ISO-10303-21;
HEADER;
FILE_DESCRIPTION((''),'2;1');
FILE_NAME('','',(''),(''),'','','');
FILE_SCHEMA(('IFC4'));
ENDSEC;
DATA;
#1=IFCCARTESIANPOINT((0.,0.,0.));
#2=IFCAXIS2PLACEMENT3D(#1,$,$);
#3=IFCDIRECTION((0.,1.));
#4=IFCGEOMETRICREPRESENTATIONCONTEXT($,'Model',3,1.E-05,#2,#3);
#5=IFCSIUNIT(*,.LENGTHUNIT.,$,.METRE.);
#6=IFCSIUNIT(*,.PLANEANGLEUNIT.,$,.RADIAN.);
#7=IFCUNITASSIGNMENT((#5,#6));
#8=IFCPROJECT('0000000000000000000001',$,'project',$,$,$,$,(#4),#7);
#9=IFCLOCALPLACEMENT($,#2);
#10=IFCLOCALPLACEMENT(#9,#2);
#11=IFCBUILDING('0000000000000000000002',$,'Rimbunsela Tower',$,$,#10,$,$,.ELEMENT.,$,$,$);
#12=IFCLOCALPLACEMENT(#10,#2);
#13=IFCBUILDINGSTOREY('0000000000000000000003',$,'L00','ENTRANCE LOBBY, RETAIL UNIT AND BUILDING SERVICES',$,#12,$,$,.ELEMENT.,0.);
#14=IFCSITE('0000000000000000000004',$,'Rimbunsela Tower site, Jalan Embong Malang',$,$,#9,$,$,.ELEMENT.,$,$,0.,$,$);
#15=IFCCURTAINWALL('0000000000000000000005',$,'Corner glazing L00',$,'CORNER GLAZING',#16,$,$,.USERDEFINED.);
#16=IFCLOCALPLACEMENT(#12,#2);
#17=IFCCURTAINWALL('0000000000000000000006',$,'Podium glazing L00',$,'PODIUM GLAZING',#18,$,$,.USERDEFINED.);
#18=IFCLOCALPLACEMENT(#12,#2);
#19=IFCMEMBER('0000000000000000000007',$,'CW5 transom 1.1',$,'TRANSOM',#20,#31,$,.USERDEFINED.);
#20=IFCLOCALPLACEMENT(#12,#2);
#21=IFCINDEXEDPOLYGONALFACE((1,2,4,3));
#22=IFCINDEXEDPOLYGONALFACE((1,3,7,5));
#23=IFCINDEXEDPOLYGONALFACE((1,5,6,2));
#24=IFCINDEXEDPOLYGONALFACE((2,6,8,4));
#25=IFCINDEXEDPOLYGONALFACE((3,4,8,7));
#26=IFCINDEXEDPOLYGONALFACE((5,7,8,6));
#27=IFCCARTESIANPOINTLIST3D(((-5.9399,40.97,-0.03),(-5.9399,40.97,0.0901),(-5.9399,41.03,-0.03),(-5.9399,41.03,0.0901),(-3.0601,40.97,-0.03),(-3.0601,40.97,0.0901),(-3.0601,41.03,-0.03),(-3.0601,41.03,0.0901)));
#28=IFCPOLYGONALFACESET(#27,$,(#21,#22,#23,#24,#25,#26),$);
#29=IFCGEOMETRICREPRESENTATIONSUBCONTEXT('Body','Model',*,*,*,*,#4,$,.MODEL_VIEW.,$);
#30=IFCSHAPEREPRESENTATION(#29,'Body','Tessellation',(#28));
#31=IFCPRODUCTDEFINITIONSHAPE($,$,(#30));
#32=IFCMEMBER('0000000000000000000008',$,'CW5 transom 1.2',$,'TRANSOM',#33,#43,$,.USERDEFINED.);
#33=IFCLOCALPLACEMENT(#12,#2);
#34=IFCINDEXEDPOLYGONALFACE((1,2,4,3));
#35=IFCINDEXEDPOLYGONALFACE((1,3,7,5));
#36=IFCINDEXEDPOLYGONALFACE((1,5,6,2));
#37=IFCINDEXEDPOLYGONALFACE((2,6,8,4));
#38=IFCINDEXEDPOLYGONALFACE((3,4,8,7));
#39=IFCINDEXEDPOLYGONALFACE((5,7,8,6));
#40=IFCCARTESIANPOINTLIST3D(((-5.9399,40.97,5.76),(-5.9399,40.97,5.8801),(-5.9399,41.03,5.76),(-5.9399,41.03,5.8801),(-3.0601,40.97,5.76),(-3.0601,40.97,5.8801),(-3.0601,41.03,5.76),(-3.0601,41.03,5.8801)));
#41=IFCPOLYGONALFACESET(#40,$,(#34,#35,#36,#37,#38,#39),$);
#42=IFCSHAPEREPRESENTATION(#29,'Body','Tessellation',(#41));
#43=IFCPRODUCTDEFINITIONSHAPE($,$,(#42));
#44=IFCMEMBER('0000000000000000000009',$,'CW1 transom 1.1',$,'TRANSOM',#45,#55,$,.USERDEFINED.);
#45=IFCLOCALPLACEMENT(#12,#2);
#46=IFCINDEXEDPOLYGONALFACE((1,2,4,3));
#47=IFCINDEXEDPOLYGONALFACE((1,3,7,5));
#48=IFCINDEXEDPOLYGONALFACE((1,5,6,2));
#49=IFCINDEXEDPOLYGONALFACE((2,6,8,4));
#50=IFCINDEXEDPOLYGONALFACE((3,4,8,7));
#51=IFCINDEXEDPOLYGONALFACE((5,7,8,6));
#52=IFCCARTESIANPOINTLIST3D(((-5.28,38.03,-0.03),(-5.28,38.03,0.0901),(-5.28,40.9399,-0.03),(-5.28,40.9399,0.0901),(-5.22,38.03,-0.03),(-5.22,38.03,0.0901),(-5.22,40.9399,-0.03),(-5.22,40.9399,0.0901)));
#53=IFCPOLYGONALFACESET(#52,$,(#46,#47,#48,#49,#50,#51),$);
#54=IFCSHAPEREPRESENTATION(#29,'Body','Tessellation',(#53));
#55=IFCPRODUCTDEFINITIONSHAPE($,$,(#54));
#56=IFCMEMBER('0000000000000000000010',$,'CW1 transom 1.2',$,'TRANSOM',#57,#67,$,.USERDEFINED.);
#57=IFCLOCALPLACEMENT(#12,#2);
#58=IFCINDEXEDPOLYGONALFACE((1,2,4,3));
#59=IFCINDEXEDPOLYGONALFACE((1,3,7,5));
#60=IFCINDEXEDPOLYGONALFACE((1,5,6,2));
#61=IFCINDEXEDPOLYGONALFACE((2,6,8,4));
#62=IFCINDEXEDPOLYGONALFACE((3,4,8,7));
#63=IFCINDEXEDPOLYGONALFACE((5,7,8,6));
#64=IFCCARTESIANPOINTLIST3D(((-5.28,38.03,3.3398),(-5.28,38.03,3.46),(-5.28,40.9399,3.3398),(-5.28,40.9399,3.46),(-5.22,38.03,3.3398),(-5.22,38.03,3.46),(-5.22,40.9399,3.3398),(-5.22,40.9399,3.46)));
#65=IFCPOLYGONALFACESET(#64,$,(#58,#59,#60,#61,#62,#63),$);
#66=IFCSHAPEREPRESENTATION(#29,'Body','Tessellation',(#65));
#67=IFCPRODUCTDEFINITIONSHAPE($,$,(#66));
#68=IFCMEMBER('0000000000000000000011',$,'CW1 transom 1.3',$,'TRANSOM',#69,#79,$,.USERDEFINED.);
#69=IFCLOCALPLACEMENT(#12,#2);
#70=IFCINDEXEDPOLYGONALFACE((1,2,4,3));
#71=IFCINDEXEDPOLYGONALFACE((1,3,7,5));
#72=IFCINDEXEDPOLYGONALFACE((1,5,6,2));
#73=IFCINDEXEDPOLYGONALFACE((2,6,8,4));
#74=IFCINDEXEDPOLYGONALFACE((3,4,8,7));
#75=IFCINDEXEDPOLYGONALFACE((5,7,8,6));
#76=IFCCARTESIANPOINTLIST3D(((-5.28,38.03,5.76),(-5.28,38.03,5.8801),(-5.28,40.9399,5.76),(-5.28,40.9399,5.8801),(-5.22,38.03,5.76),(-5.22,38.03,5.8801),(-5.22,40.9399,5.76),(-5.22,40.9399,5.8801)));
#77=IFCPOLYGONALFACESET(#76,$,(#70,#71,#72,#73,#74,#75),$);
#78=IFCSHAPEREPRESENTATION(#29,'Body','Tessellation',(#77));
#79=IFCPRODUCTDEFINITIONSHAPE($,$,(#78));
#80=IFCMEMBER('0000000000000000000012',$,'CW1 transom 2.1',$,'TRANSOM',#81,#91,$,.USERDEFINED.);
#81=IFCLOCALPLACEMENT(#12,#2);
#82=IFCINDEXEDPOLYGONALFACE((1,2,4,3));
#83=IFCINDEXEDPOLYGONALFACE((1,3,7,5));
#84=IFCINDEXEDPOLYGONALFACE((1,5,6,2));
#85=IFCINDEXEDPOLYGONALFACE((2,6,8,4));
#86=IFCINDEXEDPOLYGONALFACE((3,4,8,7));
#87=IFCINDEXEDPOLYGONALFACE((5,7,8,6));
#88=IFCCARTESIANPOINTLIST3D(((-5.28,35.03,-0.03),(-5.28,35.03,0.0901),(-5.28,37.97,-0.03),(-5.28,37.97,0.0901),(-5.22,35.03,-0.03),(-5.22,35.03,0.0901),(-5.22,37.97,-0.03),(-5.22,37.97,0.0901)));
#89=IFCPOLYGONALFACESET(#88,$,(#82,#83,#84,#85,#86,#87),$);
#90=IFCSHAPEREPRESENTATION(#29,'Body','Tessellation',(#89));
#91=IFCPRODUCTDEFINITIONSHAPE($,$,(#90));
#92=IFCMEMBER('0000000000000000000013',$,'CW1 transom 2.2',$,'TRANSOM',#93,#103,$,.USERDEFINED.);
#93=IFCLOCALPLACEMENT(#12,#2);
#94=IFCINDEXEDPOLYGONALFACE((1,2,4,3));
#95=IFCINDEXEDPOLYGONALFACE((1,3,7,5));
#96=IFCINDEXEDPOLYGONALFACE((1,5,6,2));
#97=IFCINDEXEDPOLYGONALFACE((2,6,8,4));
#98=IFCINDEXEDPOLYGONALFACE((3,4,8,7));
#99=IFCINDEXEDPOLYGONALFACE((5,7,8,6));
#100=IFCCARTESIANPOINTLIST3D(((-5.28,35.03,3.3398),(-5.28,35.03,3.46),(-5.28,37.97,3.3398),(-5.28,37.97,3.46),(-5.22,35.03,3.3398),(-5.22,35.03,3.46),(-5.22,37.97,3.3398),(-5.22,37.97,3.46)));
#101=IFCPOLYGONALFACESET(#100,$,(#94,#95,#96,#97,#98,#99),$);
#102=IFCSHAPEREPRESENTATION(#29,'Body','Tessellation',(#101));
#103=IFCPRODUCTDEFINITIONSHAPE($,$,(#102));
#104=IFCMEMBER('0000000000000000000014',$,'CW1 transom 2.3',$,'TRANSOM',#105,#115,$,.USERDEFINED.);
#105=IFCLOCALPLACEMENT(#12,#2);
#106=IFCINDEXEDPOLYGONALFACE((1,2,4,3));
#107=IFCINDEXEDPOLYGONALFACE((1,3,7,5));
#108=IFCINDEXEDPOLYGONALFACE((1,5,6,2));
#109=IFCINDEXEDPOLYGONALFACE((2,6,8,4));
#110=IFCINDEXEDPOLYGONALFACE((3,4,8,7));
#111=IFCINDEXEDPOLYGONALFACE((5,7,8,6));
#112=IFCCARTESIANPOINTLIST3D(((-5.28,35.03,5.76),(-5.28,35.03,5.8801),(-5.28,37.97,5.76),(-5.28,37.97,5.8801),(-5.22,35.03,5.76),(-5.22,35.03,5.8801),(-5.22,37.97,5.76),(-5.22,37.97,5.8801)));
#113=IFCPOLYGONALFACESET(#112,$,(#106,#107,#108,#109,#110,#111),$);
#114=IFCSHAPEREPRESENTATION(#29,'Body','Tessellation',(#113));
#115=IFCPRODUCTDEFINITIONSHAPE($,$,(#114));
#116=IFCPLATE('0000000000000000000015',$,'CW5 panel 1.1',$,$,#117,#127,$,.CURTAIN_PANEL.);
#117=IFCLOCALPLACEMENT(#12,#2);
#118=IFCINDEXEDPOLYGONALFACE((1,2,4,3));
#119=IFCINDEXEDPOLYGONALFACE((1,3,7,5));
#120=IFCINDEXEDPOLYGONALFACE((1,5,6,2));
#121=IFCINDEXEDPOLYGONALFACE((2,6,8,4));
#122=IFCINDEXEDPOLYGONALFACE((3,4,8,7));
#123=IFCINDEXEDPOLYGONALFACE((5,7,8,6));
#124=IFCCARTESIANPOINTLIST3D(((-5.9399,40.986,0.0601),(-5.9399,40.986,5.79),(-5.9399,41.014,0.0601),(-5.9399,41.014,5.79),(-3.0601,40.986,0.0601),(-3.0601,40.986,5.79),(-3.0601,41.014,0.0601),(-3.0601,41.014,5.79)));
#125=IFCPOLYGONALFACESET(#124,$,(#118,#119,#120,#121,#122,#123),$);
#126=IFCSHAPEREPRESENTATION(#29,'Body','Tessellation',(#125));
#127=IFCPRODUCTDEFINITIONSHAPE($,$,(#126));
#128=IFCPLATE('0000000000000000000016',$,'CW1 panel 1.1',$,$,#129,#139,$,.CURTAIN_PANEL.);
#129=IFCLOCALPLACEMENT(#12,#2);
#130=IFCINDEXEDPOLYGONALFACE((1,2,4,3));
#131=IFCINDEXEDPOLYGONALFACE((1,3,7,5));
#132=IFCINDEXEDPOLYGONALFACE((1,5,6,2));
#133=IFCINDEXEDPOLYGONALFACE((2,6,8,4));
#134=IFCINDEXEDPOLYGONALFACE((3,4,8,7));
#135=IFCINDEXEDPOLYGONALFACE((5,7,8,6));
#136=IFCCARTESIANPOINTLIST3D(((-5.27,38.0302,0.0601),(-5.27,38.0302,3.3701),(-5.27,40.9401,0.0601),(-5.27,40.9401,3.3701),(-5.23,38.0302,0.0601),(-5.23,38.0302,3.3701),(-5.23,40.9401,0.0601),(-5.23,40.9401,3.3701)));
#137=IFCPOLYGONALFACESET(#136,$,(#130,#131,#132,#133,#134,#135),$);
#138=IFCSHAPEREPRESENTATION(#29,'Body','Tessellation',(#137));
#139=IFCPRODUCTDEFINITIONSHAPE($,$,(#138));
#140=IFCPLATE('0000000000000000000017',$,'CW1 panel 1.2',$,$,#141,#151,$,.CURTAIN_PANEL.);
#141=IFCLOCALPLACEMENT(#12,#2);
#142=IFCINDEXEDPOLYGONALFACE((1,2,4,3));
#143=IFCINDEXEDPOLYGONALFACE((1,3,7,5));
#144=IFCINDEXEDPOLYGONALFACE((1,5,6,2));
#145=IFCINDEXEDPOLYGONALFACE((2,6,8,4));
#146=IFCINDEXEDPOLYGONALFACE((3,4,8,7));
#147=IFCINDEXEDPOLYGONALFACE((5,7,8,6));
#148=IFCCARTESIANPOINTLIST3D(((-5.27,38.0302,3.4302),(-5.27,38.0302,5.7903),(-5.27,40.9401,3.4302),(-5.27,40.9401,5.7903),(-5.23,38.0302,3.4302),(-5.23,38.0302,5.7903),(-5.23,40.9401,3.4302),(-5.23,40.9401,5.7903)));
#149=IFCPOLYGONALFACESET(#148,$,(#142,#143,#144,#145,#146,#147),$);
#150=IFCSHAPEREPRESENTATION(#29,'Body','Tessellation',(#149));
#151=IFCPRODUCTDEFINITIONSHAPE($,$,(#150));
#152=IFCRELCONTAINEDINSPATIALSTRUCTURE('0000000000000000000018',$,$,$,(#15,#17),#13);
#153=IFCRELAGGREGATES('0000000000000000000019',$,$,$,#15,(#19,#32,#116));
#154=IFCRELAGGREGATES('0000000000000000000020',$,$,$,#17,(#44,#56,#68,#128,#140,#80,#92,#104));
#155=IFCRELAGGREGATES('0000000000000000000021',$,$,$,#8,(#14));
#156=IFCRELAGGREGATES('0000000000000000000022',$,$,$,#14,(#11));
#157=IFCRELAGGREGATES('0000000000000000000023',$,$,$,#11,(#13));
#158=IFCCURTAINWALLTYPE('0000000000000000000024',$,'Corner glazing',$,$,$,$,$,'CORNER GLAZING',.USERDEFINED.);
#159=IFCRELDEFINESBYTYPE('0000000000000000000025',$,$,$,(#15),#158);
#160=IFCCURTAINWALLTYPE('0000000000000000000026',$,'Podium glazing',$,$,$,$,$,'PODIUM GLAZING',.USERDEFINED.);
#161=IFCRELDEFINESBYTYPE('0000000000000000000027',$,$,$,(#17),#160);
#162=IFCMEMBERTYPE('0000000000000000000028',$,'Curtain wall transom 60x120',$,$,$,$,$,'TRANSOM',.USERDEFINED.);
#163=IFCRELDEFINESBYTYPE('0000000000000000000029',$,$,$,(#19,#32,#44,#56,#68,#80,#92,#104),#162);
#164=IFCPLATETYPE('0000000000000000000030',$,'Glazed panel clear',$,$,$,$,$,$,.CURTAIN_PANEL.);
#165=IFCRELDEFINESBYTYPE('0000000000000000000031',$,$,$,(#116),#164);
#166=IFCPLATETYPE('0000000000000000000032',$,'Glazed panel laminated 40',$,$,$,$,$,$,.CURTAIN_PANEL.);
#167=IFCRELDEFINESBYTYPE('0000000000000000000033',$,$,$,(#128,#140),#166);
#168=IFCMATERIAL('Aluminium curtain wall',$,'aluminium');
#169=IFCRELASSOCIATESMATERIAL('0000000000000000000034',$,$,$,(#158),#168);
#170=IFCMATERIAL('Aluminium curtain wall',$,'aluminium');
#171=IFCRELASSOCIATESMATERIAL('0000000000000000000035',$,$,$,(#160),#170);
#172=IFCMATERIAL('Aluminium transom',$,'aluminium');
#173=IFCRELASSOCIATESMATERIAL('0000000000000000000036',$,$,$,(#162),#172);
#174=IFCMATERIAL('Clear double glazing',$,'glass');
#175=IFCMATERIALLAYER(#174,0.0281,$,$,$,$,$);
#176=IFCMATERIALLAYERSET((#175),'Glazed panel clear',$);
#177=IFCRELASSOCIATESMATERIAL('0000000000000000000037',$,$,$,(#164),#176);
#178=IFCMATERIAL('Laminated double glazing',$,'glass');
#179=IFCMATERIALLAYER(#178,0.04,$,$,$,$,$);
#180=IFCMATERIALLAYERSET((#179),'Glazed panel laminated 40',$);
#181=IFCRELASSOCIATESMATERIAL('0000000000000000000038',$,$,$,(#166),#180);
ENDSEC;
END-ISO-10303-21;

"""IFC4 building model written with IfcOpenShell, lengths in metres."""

from ifc_helpers import new_model, si_unit, direction, frame, origin, origin_2d, place, context, subcontext, project, spatial, rectangle, extrude, material, layer, layer_set, material_profile, profile_set, type_object, element, aggregate, save


model = new_model("IFC4")

# Units and contexts
model_context = context("Model", 3, precision=1e-05, world=origin(), true_north=direction((0.0, 1.0)))
body_context = subcontext(model_context, "Body", "Model", "MODEL_VIEW")
ifc_project = project(units=[si_unit("LENGTHUNIT", "METRE"), si_unit("PLANEANGLEUNIT", "RADIAN")], contexts=[model_context])

# Site, building, storey
site_placement = place(None, origin())
site = spatial("IfcSite", under=ifc_project, at=site_placement, Name="Rimbunsela Tower site, Jalan Embong Malang", CompositionType="ELEMENT", RefElevation=0.0)
building_placement = place(site_placement, origin())
building = spatial("IfcBuilding", under=site, at=building_placement, Name="Rimbunsela Tower", CompositionType="ELEMENT")
storey_placement = place(building_placement, origin())
storey = spatial("IfcBuildingStorey", under=building, at=storey_placement, Name="L00", Description="ENTRANCE LOBBY, RETAIL UNIT AND BUILDING SERVICES", CompositionType="ELEMENT", Elevation=0.0)

# Shared definitions
ifc_material_1 = material(Name="Aluminium curtain wall", Category="aluminium")
curtain_wall_type_1 = type_object("IfcCurtainWallType", Name="Corner glazing", ElementType="CORNER GLAZING", PredefinedType="USERDEFINED", material=ifc_material_1)

# Curtain walls
curtain_wall_1_placement = place(storey_placement, origin())
curtain_wall_1 = element("IfcCurtainWall", 1, at=curtain_wall_1_placement, inside=storey, type_object=curtain_wall_type_1, Name="Corner glazing L00", ObjectType="CORNER GLAZING", PredefinedType="USERDEFINED")
ifc_material_2 = material(Name="Aluminium curtain wall", Category="aluminium")
curtain_wall_type_2 = type_object("IfcCurtainWallType", Name="Podium glazing", ElementType="PODIUM GLAZING", PredefinedType="USERDEFINED", material=ifc_material_2)
curtain_wall_2_placement = place(storey_placement, origin())
curtain_wall_2 = element("IfcCurtainWall", 2, at=curtain_wall_2_placement, inside=storey, type_object=curtain_wall_type_2, Name="Podium glazing L00", ObjectType="PODIUM GLAZING", PredefinedType="USERDEFINED")

# Members
ifc_material_3 = material(Name="Aluminium transom", Category="aluminium")
ifc_material_profile_1 = material_profile(ifc_material_3, rectangle(XDim=0.0601, YDim=0.1201, at=origin_2d()), Name="Transom 60x120")
ifc_profile_set_1 = profile_set([ifc_material_profile_1], Name="Aluminium transom")
member_type_1 = type_object("IfcMemberType", Name="Curtain wall transom 60x120", ElementType="TRANSOM", PredefinedType="USERDEFINED", material=ifc_profile_set_1)
member_1_placement = place(storey_placement, frame((-3.0601, 41.0, 0.03), z_axis=(-1.0, 0.0, 0.0), x_axis=(0.0, -1.0, 0.0)))
member_1 = element("IfcMember", 3, at=member_1_placement, type_object=member_type_1, Name="CW5 transom 1.1", ObjectType="TRANSOM", PredefinedType="USERDEFINED", context=body_context, shape_type="SweptSolid", body=[
    extrude(rectangle(XDim=0.0601, YDim=0.1201, at=origin_2d()), origin(), (0.0, 0.0, 1.0), 2.8799),
])
member_2_placement = place(storey_placement, frame((-3.0601, 41.0, 5.8201), z_axis=(-1.0, 0.0, 0.0), x_axis=(0.0, -1.0, 0.0)))
member_2 = element("IfcMember", 4, at=member_2_placement, type_object=member_type_1, Name="CW5 transom 1.2", ObjectType="TRANSOM", PredefinedType="USERDEFINED", context=body_context, shape_type="SweptSolid", body=[
    extrude(rectangle(XDim=0.0601, YDim=0.1201, at=origin_2d()), origin(), (0.0, 0.0, 1.0), 2.8799),
])
member_3_placement = place(storey_placement, frame((-5.25, 40.9399, 0.03), z_axis=(0.0, -1.0, 0.0), x_axis=(1.0, 0.0, 0.0)))
member_3 = element("IfcMember", 5, at=member_3_placement, type_object=member_type_1, Name="CW1 transom 1.1", ObjectType="TRANSOM", PredefinedType="USERDEFINED", context=body_context, shape_type="SweptSolid", body=[
    extrude(rectangle(XDim=0.0601, YDim=0.1201, at=origin_2d()), origin(), (0.0, 0.0, 1.0), 2.9099),
])
member_4_placement = place(storey_placement, frame((-5.25, 40.9399, 3.3999), z_axis=(0.0, -1.0, 0.0), x_axis=(1.0, 0.0, 0.0)))
member_4 = element("IfcMember", 6, at=member_4_placement, type_object=member_type_1, Name="CW1 transom 1.2", ObjectType="TRANSOM", PredefinedType="USERDEFINED", context=body_context, shape_type="SweptSolid", body=[
    extrude(rectangle(XDim=0.0601, YDim=0.1201, at=origin_2d()), origin(), (0.0, 0.0, 1.0), 2.9099),
])
member_5_placement = place(storey_placement, frame((-5.25, 40.9399, 5.8201), z_axis=(0.0, -1.0, 0.0), x_axis=(1.0, 0.0, 0.0)))
member_5 = element("IfcMember", 7, at=member_5_placement, type_object=member_type_1, Name="CW1 transom 1.3", ObjectType="TRANSOM", PredefinedType="USERDEFINED", context=body_context, shape_type="SweptSolid", body=[
    extrude(rectangle(XDim=0.0601, YDim=0.1201, at=origin_2d()), origin(), (0.0, 0.0, 1.0), 2.9099),
])
member_6_placement = place(storey_placement, frame((-5.25, 37.97, 0.03), z_axis=(0.0, -1.0, 0.0), x_axis=(1.0, 0.0, 0.0)))
member_6 = element("IfcMember", 8, at=member_6_placement, type_object=member_type_1, Name="CW1 transom 2.1", ObjectType="TRANSOM", PredefinedType="USERDEFINED", context=body_context, shape_type="SweptSolid", body=[
    extrude(rectangle(XDim=0.0601, YDim=0.1201, at=origin_2d()), origin(), (0.0, 0.0, 1.0), 2.9399),
])
member_7_placement = place(storey_placement, frame((-5.25, 37.97, 3.3999), z_axis=(0.0, -1.0, 0.0), x_axis=(1.0, 0.0, 0.0)))
member_7 = element("IfcMember", 9, at=member_7_placement, type_object=member_type_1, Name="CW1 transom 2.2", ObjectType="TRANSOM", PredefinedType="USERDEFINED", context=body_context, shape_type="SweptSolid", body=[
    extrude(rectangle(XDim=0.0601, YDim=0.1201, at=origin_2d()), origin(), (0.0, 0.0, 1.0), 2.9399),
])
member_8_placement = place(storey_placement, frame((-5.25, 37.97, 5.8201), z_axis=(0.0, -1.0, 0.0), x_axis=(1.0, 0.0, 0.0)))
member_8 = element("IfcMember", 10, at=member_8_placement, type_object=member_type_1, Name="CW1 transom 2.3", ObjectType="TRANSOM", PredefinedType="USERDEFINED", context=body_context, shape_type="SweptSolid", body=[
    extrude(rectangle(XDim=0.0601, YDim=0.1201, at=origin_2d()), origin(), (0.0, 0.0, 1.0), 2.9399),
])

# Plates
ifc_material_4 = material(Name="Clear double glazing", Category="glass")
ifc_layer_1 = layer(ifc_material_4, 0.0281)
ifc_layer_set_1 = layer_set([ifc_layer_1], Name="Glazed panel clear")
plate_type_1 = type_object("IfcPlateType", Name="Glazed panel clear", PredefinedType="CURTAIN_PANEL", material=ifc_layer_set_1)
plate_1_placement = place(storey_placement, frame((-4.5, 41.0, 0.0601), z_axis=(0.0, 0.0, 1.0), x_axis=(-1.0, 0.0, 0.0)))
plate_1 = element("IfcPlate", 11, at=plate_1_placement, type_object=plate_type_1, Name="CW5 panel 1.1", PredefinedType="CURTAIN_PANEL", context=body_context, shape_type="SweptSolid", body=[
    extrude(rectangle(XDim=2.8799, YDim=0.0281, at=origin_2d()), origin(), (0.0, 0.0, 1.0), 5.73),
])
aggregate(curtain_wall_1, [member_1, member_2, plate_1])
ifc_material_5 = material(Name="Laminated double glazing", Category="glass")
ifc_layer_2 = layer(ifc_material_5, 0.04)
ifc_layer_set_2 = layer_set([ifc_layer_2], Name="Glazed panel laminated 40")
plate_type_2 = type_object("IfcPlateType", Name="Glazed panel laminated 40", PredefinedType="CURTAIN_PANEL", material=ifc_layer_set_2)
plate_2_placement = place(storey_placement, frame((-5.25, 39.4851, 0.0601), z_axis=(0.0, 0.0, 1.0), x_axis=(0.0, -1.0, 0.0)))
plate_2 = element("IfcPlate", 12, at=plate_2_placement, type_object=plate_type_2, Name="CW1 panel 1.1", PredefinedType="CURTAIN_PANEL", context=body_context, shape_type="SweptSolid", body=[
    extrude(rectangle(XDim=2.9099, YDim=0.04, at=origin_2d()), origin(), (0.0, 0.0, 1.0), 3.3101),
])
plate_3_placement = place(storey_placement, frame((-5.25, 39.4851, 3.4302), z_axis=(0.0, 0.0, 1.0), x_axis=(0.0, -1.0, 0.0)))
plate_3 = element("IfcPlate", 13, at=plate_3_placement, type_object=plate_type_2, Name="CW1 panel 1.2", PredefinedType="CURTAIN_PANEL", context=body_context, shape_type="SweptSolid", body=[
    extrude(rectangle(XDim=2.9099, YDim=0.04, at=origin_2d()), origin(), (0.0, 0.0, 1.0), 2.3601),
])
aggregate(curtain_wall_2, [member_3, member_4, member_5, plate_2, plate_3, member_6, member_7, member_8])

save(model, "model.ifc")
